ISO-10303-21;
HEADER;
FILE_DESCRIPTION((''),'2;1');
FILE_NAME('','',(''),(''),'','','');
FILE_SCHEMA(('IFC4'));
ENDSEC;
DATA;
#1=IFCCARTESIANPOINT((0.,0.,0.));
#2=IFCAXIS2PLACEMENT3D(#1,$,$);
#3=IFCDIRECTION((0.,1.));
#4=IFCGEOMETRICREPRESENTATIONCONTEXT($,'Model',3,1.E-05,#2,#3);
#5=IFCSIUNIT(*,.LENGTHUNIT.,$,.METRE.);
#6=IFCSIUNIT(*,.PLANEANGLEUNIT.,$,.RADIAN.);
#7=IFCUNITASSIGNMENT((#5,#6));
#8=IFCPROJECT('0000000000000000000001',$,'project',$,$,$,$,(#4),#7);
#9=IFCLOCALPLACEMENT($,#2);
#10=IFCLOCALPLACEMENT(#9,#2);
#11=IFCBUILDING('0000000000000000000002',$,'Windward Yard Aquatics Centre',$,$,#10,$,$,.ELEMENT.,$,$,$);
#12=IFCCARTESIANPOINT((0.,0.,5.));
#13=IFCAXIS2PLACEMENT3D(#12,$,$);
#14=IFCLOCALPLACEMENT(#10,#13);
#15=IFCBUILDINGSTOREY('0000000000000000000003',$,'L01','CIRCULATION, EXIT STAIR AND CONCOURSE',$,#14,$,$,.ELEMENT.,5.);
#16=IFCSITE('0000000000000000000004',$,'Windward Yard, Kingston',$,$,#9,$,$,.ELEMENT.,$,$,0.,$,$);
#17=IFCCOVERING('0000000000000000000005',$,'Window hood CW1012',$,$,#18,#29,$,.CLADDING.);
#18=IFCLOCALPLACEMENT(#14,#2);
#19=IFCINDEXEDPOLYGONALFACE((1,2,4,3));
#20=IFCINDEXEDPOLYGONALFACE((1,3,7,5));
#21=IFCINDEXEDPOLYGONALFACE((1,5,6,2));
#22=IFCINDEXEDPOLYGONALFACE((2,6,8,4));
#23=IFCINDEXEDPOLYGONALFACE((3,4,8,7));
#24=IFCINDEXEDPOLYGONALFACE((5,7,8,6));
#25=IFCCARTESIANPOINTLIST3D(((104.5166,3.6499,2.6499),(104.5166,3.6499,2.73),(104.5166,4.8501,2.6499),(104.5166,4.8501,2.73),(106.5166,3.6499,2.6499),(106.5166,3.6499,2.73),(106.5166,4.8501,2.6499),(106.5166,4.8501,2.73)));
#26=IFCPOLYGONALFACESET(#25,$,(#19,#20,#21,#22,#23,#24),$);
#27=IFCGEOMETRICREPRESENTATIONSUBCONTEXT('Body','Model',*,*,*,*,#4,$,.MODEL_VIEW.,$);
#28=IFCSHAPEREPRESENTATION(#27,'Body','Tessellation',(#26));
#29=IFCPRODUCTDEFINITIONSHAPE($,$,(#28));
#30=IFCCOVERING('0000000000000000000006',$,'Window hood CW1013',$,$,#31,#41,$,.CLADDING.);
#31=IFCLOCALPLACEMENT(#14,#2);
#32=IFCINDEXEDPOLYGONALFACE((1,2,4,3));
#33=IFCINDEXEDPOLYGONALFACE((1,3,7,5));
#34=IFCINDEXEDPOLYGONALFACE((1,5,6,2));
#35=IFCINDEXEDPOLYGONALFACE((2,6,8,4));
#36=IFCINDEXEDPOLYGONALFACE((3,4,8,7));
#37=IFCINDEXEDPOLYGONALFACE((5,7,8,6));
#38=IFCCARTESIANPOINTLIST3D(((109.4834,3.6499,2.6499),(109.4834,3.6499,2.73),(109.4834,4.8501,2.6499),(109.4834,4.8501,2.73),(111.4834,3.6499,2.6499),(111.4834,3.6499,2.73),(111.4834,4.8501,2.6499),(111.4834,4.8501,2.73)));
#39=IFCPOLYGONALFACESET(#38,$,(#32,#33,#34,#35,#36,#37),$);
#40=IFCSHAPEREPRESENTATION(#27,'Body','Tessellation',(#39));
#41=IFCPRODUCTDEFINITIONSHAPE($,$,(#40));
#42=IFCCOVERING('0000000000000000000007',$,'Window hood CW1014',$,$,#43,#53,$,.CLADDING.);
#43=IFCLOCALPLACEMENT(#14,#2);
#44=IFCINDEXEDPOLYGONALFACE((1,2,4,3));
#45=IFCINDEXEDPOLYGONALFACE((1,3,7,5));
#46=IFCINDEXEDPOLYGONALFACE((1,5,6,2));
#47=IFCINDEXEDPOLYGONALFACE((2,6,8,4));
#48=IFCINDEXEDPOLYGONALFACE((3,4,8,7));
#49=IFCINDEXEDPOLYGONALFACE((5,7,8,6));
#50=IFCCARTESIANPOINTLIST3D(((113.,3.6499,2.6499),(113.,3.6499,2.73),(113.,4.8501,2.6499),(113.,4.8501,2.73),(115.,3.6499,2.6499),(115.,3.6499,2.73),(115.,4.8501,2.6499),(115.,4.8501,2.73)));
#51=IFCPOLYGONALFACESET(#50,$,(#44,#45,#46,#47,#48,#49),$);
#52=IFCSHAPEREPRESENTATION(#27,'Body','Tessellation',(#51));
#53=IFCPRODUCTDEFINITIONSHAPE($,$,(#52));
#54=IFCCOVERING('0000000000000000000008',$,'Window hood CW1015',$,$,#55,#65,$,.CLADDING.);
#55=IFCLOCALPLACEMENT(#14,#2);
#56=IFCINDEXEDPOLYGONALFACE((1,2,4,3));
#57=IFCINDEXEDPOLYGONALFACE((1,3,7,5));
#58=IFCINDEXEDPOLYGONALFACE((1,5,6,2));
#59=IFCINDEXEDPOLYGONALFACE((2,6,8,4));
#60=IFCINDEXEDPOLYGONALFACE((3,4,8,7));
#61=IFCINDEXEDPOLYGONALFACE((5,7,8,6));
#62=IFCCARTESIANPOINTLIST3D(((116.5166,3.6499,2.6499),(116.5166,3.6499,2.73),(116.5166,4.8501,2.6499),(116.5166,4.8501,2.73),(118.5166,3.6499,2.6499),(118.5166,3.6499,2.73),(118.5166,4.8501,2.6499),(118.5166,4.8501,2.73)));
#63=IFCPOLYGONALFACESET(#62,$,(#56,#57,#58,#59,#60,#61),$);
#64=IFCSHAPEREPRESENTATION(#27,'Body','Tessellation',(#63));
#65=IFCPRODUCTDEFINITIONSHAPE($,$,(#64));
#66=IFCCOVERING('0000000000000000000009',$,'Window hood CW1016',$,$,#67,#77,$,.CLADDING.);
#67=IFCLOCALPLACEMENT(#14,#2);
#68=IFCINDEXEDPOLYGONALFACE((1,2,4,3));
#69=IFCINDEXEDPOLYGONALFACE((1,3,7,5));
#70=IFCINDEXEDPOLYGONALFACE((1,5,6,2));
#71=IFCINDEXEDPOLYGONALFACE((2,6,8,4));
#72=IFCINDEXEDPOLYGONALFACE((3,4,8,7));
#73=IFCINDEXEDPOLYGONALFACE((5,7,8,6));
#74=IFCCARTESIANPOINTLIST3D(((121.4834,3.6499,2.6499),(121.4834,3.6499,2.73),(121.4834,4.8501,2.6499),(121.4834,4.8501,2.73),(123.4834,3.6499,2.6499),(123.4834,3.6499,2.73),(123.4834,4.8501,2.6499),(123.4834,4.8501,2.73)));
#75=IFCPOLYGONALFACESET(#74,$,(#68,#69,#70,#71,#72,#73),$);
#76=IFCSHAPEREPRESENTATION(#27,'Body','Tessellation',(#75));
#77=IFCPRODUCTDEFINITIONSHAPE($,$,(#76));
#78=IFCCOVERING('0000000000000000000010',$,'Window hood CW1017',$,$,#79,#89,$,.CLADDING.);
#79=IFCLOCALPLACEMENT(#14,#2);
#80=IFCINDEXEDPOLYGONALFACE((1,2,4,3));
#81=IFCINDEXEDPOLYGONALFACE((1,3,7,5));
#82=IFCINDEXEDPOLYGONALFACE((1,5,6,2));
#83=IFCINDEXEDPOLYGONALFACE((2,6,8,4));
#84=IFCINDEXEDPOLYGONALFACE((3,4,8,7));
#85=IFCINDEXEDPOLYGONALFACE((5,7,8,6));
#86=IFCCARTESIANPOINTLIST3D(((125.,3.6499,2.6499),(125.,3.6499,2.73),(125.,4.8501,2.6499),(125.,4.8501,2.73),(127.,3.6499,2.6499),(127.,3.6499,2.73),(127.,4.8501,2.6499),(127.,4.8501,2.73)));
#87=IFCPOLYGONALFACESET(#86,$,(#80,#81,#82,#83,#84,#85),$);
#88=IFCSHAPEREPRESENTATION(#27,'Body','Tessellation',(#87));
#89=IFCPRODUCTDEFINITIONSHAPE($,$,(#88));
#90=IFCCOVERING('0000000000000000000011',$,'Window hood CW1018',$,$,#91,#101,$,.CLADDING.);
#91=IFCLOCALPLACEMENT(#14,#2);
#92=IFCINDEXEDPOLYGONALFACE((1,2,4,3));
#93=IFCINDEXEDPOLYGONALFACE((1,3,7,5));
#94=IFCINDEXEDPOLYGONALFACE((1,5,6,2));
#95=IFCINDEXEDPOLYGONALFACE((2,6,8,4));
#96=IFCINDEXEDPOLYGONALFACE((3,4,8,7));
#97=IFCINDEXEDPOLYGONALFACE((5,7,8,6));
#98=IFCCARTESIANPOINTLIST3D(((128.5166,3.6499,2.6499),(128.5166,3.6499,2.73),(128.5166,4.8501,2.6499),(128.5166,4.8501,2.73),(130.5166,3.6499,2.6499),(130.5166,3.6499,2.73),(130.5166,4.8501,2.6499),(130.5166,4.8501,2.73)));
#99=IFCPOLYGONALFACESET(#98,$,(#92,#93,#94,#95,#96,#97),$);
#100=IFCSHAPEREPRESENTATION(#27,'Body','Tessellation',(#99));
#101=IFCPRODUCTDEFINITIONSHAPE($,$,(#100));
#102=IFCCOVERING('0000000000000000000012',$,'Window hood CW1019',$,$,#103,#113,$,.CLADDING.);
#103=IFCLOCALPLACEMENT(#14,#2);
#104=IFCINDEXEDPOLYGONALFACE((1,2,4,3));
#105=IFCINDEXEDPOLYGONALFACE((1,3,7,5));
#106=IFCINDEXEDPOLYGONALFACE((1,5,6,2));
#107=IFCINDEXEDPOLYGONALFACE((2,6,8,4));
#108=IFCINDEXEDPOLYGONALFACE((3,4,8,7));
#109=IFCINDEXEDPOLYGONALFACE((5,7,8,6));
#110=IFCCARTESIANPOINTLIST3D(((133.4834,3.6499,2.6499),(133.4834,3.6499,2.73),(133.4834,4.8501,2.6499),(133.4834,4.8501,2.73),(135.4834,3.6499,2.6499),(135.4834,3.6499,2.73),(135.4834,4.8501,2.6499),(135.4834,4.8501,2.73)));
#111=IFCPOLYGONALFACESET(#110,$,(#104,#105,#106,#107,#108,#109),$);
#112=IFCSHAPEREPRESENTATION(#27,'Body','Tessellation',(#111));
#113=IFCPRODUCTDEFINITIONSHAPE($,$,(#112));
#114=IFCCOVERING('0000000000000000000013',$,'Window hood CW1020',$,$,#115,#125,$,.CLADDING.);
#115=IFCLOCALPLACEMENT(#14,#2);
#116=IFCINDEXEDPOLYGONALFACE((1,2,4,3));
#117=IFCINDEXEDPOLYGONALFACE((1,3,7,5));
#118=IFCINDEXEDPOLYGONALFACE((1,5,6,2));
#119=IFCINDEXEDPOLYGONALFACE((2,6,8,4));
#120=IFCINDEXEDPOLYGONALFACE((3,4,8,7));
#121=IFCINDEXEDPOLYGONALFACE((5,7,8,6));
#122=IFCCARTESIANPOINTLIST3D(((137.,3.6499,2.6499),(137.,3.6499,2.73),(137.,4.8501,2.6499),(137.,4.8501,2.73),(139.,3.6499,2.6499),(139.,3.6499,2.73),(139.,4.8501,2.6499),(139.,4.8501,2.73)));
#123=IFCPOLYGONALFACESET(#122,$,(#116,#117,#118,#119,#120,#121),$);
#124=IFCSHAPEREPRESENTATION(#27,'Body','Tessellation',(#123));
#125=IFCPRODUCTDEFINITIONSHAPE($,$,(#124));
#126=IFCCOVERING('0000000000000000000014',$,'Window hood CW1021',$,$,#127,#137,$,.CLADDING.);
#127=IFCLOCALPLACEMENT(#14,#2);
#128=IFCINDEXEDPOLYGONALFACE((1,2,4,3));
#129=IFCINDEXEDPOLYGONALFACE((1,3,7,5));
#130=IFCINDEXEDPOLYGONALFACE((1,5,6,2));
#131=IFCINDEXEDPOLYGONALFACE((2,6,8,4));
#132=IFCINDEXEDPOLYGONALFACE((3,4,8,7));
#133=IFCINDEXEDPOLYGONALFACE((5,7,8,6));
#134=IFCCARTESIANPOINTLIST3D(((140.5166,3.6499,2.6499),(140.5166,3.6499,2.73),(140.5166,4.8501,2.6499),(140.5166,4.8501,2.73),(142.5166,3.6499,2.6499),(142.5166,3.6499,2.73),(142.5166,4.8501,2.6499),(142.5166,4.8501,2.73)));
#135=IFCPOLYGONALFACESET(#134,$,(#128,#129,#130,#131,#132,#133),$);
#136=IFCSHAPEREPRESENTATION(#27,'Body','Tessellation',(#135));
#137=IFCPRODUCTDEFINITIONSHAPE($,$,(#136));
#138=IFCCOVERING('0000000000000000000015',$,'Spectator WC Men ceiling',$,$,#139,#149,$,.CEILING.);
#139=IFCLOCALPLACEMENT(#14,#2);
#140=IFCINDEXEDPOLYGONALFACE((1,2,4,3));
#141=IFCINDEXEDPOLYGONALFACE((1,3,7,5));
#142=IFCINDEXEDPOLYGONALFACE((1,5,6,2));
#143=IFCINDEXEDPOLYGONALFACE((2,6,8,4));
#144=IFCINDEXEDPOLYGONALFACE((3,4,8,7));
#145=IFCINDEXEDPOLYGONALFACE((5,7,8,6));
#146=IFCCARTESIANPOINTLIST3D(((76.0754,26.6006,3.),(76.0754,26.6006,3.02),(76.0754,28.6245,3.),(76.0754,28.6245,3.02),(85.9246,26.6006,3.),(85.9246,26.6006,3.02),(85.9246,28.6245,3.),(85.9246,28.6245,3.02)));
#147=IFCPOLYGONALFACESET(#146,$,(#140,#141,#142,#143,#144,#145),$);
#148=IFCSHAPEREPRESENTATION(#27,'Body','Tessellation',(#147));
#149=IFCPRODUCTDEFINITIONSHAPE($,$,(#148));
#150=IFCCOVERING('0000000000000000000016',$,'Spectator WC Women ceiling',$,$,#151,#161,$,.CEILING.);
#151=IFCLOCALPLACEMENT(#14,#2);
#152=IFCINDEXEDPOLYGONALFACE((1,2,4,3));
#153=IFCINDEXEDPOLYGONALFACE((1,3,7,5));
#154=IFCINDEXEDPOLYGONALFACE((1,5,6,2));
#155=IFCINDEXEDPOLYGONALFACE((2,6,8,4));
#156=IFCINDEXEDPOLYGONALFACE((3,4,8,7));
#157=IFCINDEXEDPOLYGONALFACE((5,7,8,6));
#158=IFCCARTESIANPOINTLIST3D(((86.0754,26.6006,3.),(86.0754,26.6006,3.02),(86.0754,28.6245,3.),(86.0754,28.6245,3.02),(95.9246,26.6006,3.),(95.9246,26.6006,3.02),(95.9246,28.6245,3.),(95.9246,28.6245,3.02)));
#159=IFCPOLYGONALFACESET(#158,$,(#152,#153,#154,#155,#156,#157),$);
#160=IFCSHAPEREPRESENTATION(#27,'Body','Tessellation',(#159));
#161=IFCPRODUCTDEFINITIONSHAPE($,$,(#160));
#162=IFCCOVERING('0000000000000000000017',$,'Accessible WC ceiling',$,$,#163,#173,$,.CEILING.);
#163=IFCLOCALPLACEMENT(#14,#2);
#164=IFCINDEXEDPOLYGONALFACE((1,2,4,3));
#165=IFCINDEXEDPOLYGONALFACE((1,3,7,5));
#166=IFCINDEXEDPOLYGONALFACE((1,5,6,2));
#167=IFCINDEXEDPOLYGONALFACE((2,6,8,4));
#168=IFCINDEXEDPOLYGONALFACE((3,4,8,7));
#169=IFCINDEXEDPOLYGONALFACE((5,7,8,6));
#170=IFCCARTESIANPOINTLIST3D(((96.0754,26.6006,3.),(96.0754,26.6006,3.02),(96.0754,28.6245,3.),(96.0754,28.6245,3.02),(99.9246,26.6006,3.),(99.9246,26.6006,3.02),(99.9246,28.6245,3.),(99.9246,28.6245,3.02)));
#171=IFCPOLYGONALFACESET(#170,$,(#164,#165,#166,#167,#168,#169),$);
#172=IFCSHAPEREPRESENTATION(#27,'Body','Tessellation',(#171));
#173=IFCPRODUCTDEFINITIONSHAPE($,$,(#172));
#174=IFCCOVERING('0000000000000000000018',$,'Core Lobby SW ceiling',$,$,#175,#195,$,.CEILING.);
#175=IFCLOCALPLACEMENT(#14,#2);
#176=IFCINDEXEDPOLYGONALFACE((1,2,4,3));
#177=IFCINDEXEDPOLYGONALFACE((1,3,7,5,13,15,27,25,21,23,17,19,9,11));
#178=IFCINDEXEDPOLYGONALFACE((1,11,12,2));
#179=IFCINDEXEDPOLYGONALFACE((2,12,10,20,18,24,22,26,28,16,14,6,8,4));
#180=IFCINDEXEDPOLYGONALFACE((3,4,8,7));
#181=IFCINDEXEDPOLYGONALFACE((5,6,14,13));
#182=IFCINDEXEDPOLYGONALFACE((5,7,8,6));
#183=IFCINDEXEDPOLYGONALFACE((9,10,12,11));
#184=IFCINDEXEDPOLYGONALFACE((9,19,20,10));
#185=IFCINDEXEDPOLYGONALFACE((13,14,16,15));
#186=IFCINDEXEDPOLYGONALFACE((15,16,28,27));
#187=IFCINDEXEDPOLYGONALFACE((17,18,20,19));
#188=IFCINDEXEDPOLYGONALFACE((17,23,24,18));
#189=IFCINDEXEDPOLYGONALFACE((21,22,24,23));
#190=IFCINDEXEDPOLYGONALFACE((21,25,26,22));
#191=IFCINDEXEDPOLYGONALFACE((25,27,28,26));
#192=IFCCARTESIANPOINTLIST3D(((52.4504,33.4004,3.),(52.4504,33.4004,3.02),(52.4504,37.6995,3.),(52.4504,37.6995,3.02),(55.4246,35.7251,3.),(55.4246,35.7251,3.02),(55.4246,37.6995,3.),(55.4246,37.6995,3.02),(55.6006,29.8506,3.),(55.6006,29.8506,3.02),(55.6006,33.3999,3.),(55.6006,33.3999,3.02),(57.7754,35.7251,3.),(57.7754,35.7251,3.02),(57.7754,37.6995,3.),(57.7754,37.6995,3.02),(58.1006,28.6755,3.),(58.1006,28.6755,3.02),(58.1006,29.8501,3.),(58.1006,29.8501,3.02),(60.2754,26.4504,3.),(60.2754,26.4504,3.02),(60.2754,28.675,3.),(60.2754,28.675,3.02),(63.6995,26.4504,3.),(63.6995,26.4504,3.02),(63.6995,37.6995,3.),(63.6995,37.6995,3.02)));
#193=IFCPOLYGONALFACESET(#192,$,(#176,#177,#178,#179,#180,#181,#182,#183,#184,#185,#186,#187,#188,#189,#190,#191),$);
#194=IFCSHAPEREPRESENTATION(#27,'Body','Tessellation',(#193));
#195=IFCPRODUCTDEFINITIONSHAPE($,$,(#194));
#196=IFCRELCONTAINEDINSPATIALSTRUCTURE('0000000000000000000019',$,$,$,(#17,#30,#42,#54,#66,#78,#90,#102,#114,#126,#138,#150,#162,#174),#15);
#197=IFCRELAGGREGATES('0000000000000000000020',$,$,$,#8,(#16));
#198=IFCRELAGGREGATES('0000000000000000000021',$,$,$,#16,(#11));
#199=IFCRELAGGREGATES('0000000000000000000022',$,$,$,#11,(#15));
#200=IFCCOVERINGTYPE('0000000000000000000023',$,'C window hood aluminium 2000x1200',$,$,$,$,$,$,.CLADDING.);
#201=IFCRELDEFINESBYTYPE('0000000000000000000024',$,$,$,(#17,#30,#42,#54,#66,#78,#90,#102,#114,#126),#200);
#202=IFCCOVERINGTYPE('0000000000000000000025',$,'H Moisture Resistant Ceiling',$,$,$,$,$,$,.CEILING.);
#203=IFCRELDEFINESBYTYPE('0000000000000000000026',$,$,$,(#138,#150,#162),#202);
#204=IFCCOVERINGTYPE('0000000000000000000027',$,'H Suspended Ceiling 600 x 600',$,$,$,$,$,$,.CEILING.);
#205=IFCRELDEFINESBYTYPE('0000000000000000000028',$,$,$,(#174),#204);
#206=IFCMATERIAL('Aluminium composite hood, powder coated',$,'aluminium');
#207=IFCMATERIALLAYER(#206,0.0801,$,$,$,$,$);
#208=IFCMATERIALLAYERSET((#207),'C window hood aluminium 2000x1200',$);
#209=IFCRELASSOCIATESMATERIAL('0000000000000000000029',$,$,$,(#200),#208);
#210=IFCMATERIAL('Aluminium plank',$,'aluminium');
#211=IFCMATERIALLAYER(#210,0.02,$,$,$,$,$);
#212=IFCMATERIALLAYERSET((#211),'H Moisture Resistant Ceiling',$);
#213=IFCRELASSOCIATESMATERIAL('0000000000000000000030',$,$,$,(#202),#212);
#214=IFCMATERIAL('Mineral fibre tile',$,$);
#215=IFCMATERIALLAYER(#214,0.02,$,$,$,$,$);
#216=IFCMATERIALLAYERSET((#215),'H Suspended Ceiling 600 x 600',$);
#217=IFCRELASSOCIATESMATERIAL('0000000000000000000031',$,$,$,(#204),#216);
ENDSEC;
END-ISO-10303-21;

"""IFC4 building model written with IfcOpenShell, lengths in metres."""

from ifc_helpers import new_model, si_unit, direction, frame, origin, place, context, subcontext, project, spatial, polyline, outline, extrude, material, layer, layer_set, type_object, element, save


model = new_model("IFC4")

# Units and contexts
model_context = context("Model", 3, precision=1e-05, world=origin(), true_north=direction((0.0, 1.0)))
body_context = subcontext(model_context, "Body", "Model", "MODEL_VIEW")
ifc_project = project(units=[si_unit("LENGTHUNIT", "METRE"), si_unit("PLANEANGLEUNIT", "RADIAN")], contexts=[model_context])

# Site, building, storey
site_placement = place(None, origin())
site = spatial("IfcSite", under=ifc_project, at=site_placement, Name="Windward Yard, Kingston", CompositionType="ELEMENT", RefElevation=0.0)
building_placement = place(site_placement, origin())
building = spatial("IfcBuilding", under=site, at=building_placement, Name="Windward Yard Aquatics Centre", CompositionType="ELEMENT")
storey_placement = place(building_placement, frame((0.0, 0.0, 5.0)))
storey = spatial("IfcBuildingStorey", under=building, at=storey_placement, Name="L01", Description="CIRCULATION, EXIT STAIR AND CONCOURSE", CompositionType="ELEMENT", Elevation=5.0)

# Coverings
ifc_material_1 = material(Name="Aluminium composite hood, powder coated", Category="aluminium")
ifc_layer_1 = layer(ifc_material_1, 0.0801)
ifc_layer_set_1 = layer_set([ifc_layer_1], Name="C window hood aluminium 2000x1200")
covering_type_1 = type_object("IfcCoveringType", Name="C window hood aluminium 2000x1200", PredefinedType="CLADDING", material=ifc_layer_set_1)
covering_1_placement = place(storey_placement, frame((0.0, 0.0, 2.6499)))
element("IfcCovering", 1, at=covering_1_placement, inside=storey, type_object=covering_type_1, Name="Window hood CW1012", PredefinedType="CLADDING", context=body_context, shape_type="SweptSolid", body=[
    extrude(outline(polyline([(104.5166, 3.6499), (104.5166, 4.8501), (106.5166, 4.8501), (106.5166, 3.6499), (104.5166, 3.6499)])), origin(), (0.0, 0.0, 1.0), 0.0801),
])
covering_2_placement = place(storey_placement, frame((0.0, 0.0, 2.6499)))
element("IfcCovering", 2, at=covering_2_placement, inside=storey, type_object=covering_type_1, Name="Window hood CW1013", PredefinedType="CLADDING", context=body_context, shape_type="SweptSolid", body=[
    extrude(outline(polyline([(109.4834, 3.6499), (109.4834, 4.8501), (111.4834, 4.8501), (111.4834, 3.6499), (109.4834, 3.6499)])), origin(), (0.0, 0.0, 1.0), 0.0801),
])
covering_3_placement = place(storey_placement, frame((0.0, 0.0, 2.6499)))
element("IfcCovering", 3, at=covering_3_placement, inside=storey, type_object=covering_type_1, Name="Window hood CW1014", PredefinedType="CLADDING", context=body_context, shape_type="SweptSolid", body=[
    extrude(outline(polyline([(113.0, 3.6499), (113.0, 4.8501), (115.0, 4.8501), (115.0, 3.6499), (113.0, 3.6499)])), origin(), (0.0, 0.0, 1.0), 0.0801),
])
covering_4_placement = place(storey_placement, frame((0.0, 0.0, 2.6499)))
element("IfcCovering", 4, at=covering_4_placement, inside=storey, type_object=covering_type_1, Name="Window hood CW1015", PredefinedType="CLADDING", context=body_context, shape_type="SweptSolid", body=[
    extrude(outline(polyline([(116.5166, 3.6499), (116.5166, 4.8501), (118.5166, 4.8501), (118.5166, 3.6499), (116.5166, 3.6499)])), origin(), (0.0, 0.0, 1.0), 0.0801),
])
covering_5_placement = place(storey_placement, frame((0.0, 0.0, 2.6499)))
element("IfcCovering", 5, at=covering_5_placement, inside=storey, type_object=covering_type_1, Name="Window hood CW1016", PredefinedType="CLADDING", context=body_context, shape_type="SweptSolid", body=[
    extrude(outline(polyline([(121.4834, 3.6499), (121.4834, 4.8501), (123.4834, 4.8501), (123.4834, 3.6499), (121.4834, 3.6499)])), origin(), (0.0, 0.0, 1.0), 0.0801),
])
covering_6_placement = place(storey_placement, frame((0.0, 0.0, 2.6499)))
element("IfcCovering", 6, at=covering_6_placement, inside=storey, type_object=covering_type_1, Name="Window hood CW1017", PredefinedType="CLADDING", context=body_context, shape_type="SweptSolid", body=[
    extrude(outline(polyline([(125.0, 3.6499), (125.0, 4.8501), (127.0, 4.8501), (127.0, 3.6499), (125.0, 3.6499)])), origin(), (0.0, 0.0, 1.0), 0.0801),
])
covering_7_placement = place(storey_placement, frame((0.0, 0.0, 2.6499)))
element("IfcCovering", 7, at=covering_7_placement, inside=storey, type_object=covering_type_1, Name="Window hood CW1018", PredefinedType="CLADDING", context=body_context, shape_type="SweptSolid", body=[
    extrude(outline(polyline([(128.5166, 3.6499), (128.5166, 4.8501), (130.5166, 4.8501), (130.5166, 3.6499), (128.5166, 3.6499)])), origin(), (0.0, 0.0, 1.0), 0.0801),
])
covering_8_placement = place(storey_placement, frame((0.0, 0.0, 2.6499)))
element("IfcCovering", 8, at=covering_8_placement, inside=storey, type_object=covering_type_1, Name="Window hood CW1019", PredefinedType="CLADDING", context=body_context, shape_type="SweptSolid", body=[
    extrude(outline(polyline([(133.4834, 3.6499), (133.4834, 4.8501), (135.4834, 4.8501), (135.4834, 3.6499), (133.4834, 3.6499)])), origin(), (0.0, 0.0, 1.0), 0.0801),
])
covering_9_placement = place(storey_placement, frame((0.0, 0.0, 2.6499)))
element("IfcCovering", 9, at=covering_9_placement, inside=storey, type_object=covering_type_1, Name="Window hood CW1020", PredefinedType="CLADDING", context=body_context, shape_type="SweptSolid", body=[
    extrude(outline(polyline([(137.0, 3.6499), (137.0, 4.8501), (139.0, 4.8501), (139.0, 3.6499), (137.0, 3.6499)])), origin(), (0.0, 0.0, 1.0), 0.0801),
])
covering_10_placement = place(storey_placement, frame((0.0, 0.0, 2.6499)))
element("IfcCovering", 10, at=covering_10_placement, inside=storey, type_object=covering_type_1, Name="Window hood CW1021", PredefinedType="CLADDING", context=body_context, shape_type="SweptSolid", body=[
    extrude(outline(polyline([(140.5166, 3.6499), (140.5166, 4.8501), (142.5166, 4.8501), (142.5166, 3.6499), (140.5166, 3.6499)])), origin(), (0.0, 0.0, 1.0), 0.0801),
])
ifc_material_2 = material(Name="Aluminium plank", Category="aluminium")
ifc_layer_2 = layer(ifc_material_2, 0.02)
ifc_layer_set_2 = layer_set([ifc_layer_2], Name="H Moisture Resistant Ceiling")
covering_type_2 = type_object("IfcCoveringType", Name="H Moisture Resistant Ceiling", PredefinedType="CEILING", material=ifc_layer_set_2)
covering_11_placement = place(storey_placement, frame((0.0, 0.0, 3.0)))
element("IfcCovering", 11, at=covering_11_placement, inside=storey, type_object=covering_type_2, Name="Spectator WC Men ceiling", PredefinedType="CEILING", context=body_context, shape_type="SweptSolid", body=[
    extrude(outline(polyline([(76.0754, 26.6006), (76.0754, 28.6245), (85.9246, 28.6245), (85.9246, 26.6006), (76.0754, 26.6006)])), origin(), (0.0, 0.0, 1.0), 0.02),
])
covering_12_placement = place(storey_placement, frame((0.0, 0.0, 3.0)))
element("IfcCovering", 12, at=covering_12_placement, inside=storey, type_object=covering_type_2, Name="Spectator WC Women ceiling", PredefinedType="CEILING", context=body_context, shape_type="SweptSolid", body=[
    extrude(outline(polyline([(86.0754, 26.6006), (86.0754, 28.6245), (95.9246, 28.6245), (95.9246, 26.6006), (86.0754, 26.6006)])), origin(), (0.0, 0.0, 1.0), 0.02),
])
covering_13_placement = place(storey_placement, frame((0.0, 0.0, 3.0)))
element("IfcCovering", 13, at=covering_13_placement, inside=storey, type_object=covering_type_2, Name="Accessible WC ceiling", PredefinedType="CEILING", context=body_context, shape_type="SweptSolid", body=[
    extrude(outline(polyline([(96.0754, 26.6006), (96.0754, 28.6245), (99.9246, 28.6245), (99.9246, 26.6006), (96.0754, 26.6006)])), origin(), (0.0, 0.0, 1.0), 0.02),
])
ifc_material_3 = material(Name="Mineral fibre tile")
ifc_layer_3 = layer(ifc_material_3, 0.02)
ifc_layer_set_3 = layer_set([ifc_layer_3], Name="H Suspended Ceiling 600 x 600")
covering_type_3 = type_object("IfcCoveringType", Name="H Suspended Ceiling 600 x 600", PredefinedType="CEILING", material=ifc_layer_set_3)
covering_14_placement = place(storey_placement, frame((0.0, 0.0, 3.0)))
element("IfcCovering", 14, at=covering_14_placement, inside=storey, type_object=covering_type_3, Name="Core Lobby SW ceiling", PredefinedType="CEILING", context=body_context, shape_type="SweptSolid", body=[
    extrude(outline(polyline([(52.4504, 33.4004), (52.4504, 37.6995), (55.4246, 37.6995), (55.4246, 35.7251), (57.7754, 35.7251), (57.7754, 37.6995), (63.6995, 37.6995), (63.6995, 26.4504), (60.2754, 26.4504), (60.2754, 28.675), (58.1006, 28.6755), (58.1006, 29.8501), (55.6006, 29.8506), (55.6006, 33.3999), (52.4504, 33.4004)])), origin(), (0.0, 0.0, 1.0), 0.02),
])

save(model, "model.ifc")
